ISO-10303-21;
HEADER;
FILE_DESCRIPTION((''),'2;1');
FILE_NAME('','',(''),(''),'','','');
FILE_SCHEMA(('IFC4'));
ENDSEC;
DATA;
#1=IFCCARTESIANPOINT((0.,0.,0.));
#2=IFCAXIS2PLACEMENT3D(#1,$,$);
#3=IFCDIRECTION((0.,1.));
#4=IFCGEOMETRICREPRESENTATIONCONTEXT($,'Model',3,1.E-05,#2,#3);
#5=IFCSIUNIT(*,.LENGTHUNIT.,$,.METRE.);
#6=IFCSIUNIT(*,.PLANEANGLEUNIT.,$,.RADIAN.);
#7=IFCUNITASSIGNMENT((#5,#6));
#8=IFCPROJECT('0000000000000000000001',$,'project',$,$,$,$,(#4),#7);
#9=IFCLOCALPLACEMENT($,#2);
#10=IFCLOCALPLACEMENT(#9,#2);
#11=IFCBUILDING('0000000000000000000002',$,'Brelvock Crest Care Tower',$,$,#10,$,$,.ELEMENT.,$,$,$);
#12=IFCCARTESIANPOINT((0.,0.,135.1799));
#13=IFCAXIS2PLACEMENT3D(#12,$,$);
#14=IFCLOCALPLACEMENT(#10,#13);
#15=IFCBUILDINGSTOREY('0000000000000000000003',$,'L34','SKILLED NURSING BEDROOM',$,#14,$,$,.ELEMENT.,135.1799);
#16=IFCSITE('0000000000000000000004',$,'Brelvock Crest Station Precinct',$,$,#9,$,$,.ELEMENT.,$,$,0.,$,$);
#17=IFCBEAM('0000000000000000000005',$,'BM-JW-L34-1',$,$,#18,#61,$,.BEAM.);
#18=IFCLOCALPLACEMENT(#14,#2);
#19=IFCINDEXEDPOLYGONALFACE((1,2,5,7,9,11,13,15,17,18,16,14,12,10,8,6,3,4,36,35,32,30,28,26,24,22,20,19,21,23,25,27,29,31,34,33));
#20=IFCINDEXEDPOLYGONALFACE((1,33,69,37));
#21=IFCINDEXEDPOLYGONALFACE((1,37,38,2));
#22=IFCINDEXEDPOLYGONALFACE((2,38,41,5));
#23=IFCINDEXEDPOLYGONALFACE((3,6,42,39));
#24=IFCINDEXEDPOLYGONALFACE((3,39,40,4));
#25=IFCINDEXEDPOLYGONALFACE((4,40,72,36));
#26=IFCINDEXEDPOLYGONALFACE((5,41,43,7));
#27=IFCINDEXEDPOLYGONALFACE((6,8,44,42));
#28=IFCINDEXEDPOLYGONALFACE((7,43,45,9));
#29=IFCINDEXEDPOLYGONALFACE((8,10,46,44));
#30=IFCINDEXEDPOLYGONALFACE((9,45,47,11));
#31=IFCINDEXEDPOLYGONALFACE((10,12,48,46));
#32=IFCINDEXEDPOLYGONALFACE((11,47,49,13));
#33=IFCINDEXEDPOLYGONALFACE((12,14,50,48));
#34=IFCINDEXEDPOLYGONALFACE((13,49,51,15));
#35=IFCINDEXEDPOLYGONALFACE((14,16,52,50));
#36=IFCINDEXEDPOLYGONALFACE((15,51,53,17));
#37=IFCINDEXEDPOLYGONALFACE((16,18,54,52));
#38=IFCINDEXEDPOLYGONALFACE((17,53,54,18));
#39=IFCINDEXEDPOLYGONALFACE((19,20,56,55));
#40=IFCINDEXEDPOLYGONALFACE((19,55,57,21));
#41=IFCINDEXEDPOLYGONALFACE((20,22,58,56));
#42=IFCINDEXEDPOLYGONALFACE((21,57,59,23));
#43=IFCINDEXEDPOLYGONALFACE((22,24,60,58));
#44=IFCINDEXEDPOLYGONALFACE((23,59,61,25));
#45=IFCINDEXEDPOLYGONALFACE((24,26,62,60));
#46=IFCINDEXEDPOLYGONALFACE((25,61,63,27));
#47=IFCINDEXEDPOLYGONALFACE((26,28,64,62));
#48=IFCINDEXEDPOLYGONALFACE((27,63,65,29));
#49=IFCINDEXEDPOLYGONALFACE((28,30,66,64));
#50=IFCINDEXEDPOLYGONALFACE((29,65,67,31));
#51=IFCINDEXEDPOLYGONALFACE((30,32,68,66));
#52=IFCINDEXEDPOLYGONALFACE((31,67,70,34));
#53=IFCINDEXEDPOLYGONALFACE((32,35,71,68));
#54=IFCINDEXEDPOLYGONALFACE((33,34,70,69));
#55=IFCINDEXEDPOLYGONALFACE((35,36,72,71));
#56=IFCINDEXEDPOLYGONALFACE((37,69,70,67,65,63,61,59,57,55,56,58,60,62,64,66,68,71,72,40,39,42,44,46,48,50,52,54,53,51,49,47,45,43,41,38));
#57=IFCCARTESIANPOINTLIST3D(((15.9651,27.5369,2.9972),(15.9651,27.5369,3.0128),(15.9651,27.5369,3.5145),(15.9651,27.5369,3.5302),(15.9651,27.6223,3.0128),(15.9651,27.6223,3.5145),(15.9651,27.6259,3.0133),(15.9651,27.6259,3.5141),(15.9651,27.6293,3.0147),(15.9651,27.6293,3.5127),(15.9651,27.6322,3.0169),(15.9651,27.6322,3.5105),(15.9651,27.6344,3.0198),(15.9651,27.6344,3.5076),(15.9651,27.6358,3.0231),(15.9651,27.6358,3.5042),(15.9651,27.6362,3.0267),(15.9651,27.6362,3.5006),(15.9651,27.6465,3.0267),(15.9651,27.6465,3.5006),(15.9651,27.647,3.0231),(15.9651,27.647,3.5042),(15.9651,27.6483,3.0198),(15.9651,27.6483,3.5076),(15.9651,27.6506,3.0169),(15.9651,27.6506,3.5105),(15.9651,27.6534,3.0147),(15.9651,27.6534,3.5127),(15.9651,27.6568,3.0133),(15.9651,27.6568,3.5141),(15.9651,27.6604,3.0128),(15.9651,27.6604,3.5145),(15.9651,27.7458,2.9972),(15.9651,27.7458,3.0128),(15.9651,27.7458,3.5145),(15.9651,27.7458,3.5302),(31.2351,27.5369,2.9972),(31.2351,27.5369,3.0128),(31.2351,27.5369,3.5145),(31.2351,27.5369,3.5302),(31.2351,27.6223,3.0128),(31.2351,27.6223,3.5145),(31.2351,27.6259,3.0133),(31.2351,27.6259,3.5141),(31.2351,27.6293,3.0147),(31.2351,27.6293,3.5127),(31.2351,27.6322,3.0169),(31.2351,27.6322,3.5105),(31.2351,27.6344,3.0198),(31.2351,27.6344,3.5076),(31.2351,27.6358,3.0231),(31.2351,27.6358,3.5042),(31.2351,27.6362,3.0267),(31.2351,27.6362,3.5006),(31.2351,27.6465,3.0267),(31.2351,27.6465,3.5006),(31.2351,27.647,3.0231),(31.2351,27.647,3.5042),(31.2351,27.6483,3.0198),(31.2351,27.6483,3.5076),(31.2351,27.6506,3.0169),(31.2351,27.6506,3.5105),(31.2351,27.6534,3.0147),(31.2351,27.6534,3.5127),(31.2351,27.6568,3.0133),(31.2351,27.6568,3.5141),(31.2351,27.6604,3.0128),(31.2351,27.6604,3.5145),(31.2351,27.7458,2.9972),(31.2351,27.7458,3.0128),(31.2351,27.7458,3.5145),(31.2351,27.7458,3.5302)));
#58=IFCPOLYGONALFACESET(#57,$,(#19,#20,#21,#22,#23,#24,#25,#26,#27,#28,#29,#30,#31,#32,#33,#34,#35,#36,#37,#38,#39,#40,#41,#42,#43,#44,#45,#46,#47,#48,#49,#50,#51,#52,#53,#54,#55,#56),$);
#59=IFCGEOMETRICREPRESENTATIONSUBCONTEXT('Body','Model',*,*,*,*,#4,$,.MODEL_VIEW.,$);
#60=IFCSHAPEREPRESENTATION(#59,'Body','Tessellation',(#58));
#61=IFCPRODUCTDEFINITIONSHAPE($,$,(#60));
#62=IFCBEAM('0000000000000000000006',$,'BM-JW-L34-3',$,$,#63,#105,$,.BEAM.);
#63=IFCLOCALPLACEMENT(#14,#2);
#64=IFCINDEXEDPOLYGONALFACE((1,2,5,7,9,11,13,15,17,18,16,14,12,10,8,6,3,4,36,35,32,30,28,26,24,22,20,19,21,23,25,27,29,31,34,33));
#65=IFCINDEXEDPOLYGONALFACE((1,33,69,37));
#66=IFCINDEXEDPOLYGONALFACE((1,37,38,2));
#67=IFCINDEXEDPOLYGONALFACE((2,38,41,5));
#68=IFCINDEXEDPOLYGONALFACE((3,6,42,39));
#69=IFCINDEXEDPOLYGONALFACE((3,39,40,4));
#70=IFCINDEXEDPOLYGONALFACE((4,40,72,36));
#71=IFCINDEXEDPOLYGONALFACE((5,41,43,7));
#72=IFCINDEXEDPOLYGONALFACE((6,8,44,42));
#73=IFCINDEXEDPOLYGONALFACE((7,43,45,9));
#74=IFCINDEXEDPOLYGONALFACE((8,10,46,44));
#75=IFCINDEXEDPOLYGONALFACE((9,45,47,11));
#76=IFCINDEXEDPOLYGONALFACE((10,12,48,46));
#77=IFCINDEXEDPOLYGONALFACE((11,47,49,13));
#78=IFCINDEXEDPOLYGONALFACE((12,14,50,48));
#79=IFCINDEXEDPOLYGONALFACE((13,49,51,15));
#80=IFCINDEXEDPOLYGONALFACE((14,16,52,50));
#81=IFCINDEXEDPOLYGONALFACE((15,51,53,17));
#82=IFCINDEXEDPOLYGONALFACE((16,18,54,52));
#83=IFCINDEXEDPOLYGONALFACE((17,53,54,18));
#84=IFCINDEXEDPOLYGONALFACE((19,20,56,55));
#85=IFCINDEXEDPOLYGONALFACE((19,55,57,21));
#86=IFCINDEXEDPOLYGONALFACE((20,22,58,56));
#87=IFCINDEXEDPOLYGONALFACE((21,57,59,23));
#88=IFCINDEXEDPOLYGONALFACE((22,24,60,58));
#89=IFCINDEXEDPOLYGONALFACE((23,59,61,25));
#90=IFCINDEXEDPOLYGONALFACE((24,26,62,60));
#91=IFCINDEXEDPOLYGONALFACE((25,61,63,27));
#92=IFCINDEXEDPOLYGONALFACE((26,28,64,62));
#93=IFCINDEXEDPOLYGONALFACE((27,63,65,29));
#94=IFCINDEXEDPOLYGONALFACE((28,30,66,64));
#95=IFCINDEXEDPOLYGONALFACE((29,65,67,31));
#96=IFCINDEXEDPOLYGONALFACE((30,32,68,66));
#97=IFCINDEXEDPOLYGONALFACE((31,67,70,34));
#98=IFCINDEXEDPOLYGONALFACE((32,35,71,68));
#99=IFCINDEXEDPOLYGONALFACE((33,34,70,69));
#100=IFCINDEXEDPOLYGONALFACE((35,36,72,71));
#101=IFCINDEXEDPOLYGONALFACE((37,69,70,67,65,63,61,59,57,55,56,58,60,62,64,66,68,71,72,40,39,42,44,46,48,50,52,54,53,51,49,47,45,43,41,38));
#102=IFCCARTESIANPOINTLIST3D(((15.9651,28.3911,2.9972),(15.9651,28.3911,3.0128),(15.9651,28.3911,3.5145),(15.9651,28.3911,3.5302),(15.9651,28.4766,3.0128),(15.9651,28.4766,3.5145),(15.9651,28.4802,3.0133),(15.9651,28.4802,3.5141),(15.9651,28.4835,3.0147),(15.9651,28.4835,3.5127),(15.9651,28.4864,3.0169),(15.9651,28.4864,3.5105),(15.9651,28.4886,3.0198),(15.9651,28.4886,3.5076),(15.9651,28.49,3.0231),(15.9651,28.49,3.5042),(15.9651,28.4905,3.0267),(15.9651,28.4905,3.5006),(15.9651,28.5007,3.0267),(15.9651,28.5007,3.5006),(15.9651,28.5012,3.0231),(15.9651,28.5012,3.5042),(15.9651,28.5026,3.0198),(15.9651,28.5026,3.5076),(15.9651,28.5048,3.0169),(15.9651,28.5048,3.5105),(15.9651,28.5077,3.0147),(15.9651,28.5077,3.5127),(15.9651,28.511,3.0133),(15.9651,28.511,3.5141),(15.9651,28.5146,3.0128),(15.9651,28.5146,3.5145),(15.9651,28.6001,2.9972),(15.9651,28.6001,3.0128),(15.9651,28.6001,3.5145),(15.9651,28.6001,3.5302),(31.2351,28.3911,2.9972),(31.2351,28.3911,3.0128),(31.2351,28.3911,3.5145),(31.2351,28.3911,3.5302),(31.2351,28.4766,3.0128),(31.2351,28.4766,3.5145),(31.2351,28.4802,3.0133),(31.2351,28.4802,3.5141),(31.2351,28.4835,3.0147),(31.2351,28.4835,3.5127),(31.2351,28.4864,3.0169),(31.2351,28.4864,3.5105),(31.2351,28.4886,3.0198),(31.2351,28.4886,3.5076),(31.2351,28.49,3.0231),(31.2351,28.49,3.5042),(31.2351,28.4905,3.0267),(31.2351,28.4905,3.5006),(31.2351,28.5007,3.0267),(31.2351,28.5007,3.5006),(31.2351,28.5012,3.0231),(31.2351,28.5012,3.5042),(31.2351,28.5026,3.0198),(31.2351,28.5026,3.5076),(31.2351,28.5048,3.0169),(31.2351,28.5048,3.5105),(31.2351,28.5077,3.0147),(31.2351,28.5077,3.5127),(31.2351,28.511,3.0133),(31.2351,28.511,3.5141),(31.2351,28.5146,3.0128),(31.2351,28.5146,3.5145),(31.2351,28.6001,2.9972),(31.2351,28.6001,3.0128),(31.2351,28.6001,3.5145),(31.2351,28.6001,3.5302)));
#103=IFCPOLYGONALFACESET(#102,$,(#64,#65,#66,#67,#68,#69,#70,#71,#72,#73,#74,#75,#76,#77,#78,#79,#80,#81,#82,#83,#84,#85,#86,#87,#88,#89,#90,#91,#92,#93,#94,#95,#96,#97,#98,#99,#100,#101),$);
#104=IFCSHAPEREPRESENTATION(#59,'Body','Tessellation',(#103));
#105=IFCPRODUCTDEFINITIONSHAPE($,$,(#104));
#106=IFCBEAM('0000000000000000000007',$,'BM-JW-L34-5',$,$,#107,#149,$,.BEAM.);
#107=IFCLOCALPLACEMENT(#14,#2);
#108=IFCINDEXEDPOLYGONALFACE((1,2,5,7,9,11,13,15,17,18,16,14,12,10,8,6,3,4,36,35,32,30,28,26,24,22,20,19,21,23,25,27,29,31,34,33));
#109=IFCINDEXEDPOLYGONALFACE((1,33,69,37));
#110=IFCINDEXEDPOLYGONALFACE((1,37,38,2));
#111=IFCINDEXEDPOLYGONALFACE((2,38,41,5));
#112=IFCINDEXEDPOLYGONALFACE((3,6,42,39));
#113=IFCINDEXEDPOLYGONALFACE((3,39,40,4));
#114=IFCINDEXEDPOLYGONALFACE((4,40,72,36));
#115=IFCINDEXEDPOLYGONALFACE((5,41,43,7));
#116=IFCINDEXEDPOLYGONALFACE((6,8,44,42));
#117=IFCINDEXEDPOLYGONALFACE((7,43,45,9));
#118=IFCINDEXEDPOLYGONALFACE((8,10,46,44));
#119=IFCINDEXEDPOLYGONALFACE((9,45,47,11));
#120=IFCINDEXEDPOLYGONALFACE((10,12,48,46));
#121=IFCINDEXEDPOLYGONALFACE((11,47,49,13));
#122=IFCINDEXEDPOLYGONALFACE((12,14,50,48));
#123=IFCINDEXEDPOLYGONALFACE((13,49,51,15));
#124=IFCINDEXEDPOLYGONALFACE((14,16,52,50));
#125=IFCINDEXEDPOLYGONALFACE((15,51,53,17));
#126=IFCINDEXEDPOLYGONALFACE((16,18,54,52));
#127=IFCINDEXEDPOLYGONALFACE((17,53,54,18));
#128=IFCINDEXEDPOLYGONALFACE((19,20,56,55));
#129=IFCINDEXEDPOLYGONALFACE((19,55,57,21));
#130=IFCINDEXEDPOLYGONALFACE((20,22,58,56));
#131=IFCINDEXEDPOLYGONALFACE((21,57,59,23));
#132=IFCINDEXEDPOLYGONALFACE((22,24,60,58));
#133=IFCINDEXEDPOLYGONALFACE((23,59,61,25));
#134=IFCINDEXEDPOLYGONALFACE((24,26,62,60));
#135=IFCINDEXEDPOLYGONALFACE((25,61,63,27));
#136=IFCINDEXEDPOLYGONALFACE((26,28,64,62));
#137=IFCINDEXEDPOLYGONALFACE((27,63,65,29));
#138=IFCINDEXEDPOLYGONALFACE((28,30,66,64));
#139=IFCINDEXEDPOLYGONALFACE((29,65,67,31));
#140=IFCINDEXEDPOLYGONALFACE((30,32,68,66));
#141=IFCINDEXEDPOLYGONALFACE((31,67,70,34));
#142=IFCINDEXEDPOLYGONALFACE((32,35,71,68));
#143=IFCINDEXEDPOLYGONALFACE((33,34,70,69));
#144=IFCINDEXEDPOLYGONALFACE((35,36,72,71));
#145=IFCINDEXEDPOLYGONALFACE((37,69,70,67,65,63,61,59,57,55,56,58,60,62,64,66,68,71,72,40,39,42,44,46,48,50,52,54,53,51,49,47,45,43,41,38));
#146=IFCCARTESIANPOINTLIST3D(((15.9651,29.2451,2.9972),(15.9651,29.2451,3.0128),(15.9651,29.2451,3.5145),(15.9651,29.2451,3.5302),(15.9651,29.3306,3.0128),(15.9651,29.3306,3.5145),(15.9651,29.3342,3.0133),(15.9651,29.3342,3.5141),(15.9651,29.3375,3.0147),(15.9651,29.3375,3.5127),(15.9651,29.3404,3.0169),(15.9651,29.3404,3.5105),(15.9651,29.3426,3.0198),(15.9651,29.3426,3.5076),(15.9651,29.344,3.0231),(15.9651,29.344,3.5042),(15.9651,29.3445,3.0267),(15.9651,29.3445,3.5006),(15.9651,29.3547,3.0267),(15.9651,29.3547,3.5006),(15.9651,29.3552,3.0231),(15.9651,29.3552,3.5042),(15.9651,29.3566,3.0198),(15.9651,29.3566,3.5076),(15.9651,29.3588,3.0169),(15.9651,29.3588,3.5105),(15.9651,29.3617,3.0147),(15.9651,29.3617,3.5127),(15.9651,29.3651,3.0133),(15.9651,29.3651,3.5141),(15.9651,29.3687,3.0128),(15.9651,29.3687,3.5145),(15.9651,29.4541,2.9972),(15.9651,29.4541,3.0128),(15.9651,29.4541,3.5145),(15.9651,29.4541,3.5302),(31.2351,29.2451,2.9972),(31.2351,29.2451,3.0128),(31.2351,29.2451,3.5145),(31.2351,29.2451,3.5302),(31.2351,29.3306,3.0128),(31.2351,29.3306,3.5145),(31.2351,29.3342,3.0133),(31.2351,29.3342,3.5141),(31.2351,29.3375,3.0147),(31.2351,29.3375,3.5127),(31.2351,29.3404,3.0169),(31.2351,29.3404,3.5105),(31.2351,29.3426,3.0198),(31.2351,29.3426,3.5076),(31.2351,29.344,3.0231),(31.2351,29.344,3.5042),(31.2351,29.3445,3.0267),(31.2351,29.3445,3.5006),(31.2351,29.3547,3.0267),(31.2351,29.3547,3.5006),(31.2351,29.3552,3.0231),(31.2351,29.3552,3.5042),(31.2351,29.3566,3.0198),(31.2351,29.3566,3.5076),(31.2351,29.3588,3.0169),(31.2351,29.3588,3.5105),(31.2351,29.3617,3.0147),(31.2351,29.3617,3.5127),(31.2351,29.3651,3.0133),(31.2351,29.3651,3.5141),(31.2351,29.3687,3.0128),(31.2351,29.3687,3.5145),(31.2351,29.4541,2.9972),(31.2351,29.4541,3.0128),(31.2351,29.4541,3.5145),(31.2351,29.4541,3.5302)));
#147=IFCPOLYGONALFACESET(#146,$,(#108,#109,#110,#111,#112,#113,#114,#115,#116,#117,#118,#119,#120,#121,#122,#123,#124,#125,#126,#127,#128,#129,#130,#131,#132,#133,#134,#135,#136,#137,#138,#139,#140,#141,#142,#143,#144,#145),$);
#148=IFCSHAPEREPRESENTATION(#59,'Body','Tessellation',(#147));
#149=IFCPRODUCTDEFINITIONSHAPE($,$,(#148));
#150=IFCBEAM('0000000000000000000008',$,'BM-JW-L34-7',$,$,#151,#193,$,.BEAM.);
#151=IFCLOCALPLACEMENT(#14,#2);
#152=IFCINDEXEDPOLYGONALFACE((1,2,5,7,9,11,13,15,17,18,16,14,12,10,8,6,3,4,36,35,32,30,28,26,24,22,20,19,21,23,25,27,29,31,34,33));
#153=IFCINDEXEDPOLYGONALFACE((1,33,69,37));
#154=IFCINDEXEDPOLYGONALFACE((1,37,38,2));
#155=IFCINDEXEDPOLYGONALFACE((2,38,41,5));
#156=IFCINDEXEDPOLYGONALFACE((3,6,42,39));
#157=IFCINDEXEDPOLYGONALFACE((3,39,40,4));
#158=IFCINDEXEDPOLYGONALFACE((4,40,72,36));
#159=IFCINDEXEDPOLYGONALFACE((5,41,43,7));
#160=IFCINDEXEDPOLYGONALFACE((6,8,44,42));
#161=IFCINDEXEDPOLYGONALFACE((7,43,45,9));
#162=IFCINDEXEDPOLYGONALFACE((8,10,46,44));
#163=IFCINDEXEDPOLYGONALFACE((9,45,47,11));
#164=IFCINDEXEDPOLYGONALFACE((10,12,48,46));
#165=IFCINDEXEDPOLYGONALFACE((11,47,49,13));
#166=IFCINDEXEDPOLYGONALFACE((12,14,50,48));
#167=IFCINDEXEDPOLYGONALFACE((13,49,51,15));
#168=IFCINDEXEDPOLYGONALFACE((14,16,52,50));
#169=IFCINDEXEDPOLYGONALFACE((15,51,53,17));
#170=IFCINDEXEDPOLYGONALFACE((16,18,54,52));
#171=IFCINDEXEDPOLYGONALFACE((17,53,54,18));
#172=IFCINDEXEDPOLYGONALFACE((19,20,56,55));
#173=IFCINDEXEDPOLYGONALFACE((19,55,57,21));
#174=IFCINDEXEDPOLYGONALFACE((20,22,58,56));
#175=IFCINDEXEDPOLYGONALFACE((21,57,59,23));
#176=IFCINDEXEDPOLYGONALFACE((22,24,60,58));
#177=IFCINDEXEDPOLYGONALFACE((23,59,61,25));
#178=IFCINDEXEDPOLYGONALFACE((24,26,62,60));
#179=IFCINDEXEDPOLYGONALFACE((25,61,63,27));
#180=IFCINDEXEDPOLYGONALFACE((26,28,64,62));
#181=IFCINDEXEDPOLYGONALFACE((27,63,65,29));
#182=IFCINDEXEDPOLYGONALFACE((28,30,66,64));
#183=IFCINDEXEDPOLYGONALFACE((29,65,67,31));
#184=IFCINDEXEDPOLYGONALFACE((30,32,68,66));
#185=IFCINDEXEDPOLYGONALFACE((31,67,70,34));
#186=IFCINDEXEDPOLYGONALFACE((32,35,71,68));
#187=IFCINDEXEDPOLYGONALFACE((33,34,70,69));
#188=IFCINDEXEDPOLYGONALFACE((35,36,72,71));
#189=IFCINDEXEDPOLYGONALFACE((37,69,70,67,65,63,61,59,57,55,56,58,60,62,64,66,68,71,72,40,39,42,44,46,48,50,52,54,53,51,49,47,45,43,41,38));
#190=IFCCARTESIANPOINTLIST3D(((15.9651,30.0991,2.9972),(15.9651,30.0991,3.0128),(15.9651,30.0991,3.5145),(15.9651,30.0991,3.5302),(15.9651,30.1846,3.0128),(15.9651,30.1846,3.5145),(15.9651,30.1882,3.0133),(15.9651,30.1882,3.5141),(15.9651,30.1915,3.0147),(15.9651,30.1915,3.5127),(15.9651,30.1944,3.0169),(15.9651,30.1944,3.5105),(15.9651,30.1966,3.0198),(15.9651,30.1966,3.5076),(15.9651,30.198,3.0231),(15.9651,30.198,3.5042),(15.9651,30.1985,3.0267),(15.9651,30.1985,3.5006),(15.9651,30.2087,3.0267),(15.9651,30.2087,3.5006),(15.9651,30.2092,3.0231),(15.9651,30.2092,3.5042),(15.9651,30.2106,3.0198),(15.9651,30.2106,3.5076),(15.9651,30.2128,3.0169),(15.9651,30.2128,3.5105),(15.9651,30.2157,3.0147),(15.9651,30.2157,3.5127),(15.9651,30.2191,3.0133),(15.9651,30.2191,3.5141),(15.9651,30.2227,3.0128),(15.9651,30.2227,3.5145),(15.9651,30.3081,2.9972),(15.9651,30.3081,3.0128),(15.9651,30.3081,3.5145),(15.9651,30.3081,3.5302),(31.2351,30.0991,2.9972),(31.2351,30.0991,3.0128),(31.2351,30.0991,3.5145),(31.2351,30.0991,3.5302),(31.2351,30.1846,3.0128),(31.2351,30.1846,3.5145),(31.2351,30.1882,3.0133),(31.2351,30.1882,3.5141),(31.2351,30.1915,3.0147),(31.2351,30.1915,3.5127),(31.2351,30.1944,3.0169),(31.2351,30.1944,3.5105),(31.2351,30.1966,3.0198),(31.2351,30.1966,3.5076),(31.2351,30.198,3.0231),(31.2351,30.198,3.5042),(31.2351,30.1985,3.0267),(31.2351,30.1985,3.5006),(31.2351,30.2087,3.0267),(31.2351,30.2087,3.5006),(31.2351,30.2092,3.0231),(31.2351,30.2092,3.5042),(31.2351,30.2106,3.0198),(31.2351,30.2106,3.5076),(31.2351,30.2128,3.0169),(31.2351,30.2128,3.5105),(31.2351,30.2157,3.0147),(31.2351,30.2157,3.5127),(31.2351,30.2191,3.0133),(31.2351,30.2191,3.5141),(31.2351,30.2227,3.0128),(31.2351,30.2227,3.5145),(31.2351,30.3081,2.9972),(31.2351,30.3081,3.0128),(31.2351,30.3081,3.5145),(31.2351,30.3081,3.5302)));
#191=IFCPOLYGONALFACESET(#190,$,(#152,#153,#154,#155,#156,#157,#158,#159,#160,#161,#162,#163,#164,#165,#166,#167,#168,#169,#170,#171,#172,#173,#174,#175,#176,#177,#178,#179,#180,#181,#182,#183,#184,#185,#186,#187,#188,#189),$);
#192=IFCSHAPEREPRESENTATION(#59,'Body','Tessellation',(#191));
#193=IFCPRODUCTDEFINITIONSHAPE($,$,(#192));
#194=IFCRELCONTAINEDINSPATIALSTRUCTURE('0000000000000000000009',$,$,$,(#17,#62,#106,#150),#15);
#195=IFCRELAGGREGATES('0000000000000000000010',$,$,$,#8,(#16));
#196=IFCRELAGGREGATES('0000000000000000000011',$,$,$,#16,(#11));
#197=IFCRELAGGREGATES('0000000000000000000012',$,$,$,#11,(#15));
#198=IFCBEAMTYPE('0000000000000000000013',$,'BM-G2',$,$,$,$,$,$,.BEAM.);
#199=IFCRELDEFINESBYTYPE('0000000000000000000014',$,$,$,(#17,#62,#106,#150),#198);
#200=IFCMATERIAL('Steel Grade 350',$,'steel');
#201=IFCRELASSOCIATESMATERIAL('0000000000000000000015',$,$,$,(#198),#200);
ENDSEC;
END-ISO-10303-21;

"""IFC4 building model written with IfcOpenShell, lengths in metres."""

from ifc_helpers import new_model, si_unit, direction, frame, origin, origin_2d, place, context, subcontext, project, spatial, i_section, extrude, source, transform, mapped, material, material_profile, profile_set, type_object, element, save


model = new_model("IFC4")

# Units and contexts
model_context = context("Model", 3, precision=1e-05, world=origin(), true_north=direction((0.0, 1.0)))
body_context = subcontext(model_context, "Body", "Model", "MODEL_VIEW")
ifc_project = project(units=[si_unit("LENGTHUNIT", "METRE"), si_unit("PLANEANGLEUNIT", "RADIAN")], contexts=[model_context])

# Site, building, storey
site_placement = place(None, origin())
site = spatial("IfcSite", under=ifc_project, at=site_placement, Name="Brelvock Crest Station Precinct", CompositionType="ELEMENT", RefElevation=0.0)
building_placement = place(site_placement, origin())
building = spatial("IfcBuilding", under=site, at=building_placement, Name="Brelvock Crest Care Tower", CompositionType="ELEMENT")
storey_placement = place(building_placement, frame((0.0, 0.0, 135.1799)))
storey = spatial("IfcBuildingStorey", under=building, at=storey_placement, Name="L34", Description="SKILLED NURSING BEDROOM", CompositionType="ELEMENT", Elevation=135.1799)

# Beams
ifc_material_1 = material(Name="Steel Grade 350", Category="steel")
ifc_material_profile_1 = material_profile(ifc_material_1, i_section(OverallWidth=0.209, OverallDepth=0.533, WebThickness=0.0103, FlangeThickness=0.0156, FilletRadius=0.0139, at=origin_2d()), Name="530UB92.4")
ifc_profile_set_1 = profile_set([ifc_material_profile_1], Name="Steel Grade 350")
beam_type_1 = type_object("IfcBeamType", Name="BM-G2", PredefinedType="BEAM", material=ifc_profile_set_1)
shared_shape_1 = source(origin(), body_context, "Body", "SweptSolid", [
    extrude(i_section(OverallWidth=0.209, OverallDepth=0.533, WebThickness=0.0103, FlangeThickness=0.0156, FilletRadius=0.0139, at=origin_2d()), origin(), (0.0, 0.0, 1.0), 15.27),
])
for number, where, z_axis, x_axis, name in (
    (1, (15.9651, 27.6414, 3.2637), (1.0, 0.0, 0.0), (0.0, 1.0, 0.0), "BM-JW-L34-1"),
    (2, (15.9651, 28.4956, 3.2637), (1.0, 0.0, 0.0), (0.0, 1.0, 0.0), "BM-JW-L34-3"),
    (3, (15.9651, 29.3496, 3.2637), (1.0, 0.0, 0.0), (0.0, 1.0, 0.0), "BM-JW-L34-5"),
    (4, (15.9651, 30.2036, 3.2637), (1.0, 0.0, 0.0), (0.0, 1.0, 0.0), "BM-JW-L34-7"),
):
    element("IfcBeam", number, at=place(storey_placement, frame(where, z_axis=z_axis, x_axis=x_axis)), inside=storey, type_object=beam_type_1, Name=name, PredefinedType="BEAM", context=body_context, shape_type="MappedRepresentation", body=[
        mapped(shared_shape_1, transform((0.0, 0.0, 0.0), x_axis=(1.0, 0.0, 0.0), y_axis=(0.0, 1.0, 0.0), z_axis=(0.0, 0.0, 1.0), scale=1.0)),
    ])

save(model, "model.ifc")
